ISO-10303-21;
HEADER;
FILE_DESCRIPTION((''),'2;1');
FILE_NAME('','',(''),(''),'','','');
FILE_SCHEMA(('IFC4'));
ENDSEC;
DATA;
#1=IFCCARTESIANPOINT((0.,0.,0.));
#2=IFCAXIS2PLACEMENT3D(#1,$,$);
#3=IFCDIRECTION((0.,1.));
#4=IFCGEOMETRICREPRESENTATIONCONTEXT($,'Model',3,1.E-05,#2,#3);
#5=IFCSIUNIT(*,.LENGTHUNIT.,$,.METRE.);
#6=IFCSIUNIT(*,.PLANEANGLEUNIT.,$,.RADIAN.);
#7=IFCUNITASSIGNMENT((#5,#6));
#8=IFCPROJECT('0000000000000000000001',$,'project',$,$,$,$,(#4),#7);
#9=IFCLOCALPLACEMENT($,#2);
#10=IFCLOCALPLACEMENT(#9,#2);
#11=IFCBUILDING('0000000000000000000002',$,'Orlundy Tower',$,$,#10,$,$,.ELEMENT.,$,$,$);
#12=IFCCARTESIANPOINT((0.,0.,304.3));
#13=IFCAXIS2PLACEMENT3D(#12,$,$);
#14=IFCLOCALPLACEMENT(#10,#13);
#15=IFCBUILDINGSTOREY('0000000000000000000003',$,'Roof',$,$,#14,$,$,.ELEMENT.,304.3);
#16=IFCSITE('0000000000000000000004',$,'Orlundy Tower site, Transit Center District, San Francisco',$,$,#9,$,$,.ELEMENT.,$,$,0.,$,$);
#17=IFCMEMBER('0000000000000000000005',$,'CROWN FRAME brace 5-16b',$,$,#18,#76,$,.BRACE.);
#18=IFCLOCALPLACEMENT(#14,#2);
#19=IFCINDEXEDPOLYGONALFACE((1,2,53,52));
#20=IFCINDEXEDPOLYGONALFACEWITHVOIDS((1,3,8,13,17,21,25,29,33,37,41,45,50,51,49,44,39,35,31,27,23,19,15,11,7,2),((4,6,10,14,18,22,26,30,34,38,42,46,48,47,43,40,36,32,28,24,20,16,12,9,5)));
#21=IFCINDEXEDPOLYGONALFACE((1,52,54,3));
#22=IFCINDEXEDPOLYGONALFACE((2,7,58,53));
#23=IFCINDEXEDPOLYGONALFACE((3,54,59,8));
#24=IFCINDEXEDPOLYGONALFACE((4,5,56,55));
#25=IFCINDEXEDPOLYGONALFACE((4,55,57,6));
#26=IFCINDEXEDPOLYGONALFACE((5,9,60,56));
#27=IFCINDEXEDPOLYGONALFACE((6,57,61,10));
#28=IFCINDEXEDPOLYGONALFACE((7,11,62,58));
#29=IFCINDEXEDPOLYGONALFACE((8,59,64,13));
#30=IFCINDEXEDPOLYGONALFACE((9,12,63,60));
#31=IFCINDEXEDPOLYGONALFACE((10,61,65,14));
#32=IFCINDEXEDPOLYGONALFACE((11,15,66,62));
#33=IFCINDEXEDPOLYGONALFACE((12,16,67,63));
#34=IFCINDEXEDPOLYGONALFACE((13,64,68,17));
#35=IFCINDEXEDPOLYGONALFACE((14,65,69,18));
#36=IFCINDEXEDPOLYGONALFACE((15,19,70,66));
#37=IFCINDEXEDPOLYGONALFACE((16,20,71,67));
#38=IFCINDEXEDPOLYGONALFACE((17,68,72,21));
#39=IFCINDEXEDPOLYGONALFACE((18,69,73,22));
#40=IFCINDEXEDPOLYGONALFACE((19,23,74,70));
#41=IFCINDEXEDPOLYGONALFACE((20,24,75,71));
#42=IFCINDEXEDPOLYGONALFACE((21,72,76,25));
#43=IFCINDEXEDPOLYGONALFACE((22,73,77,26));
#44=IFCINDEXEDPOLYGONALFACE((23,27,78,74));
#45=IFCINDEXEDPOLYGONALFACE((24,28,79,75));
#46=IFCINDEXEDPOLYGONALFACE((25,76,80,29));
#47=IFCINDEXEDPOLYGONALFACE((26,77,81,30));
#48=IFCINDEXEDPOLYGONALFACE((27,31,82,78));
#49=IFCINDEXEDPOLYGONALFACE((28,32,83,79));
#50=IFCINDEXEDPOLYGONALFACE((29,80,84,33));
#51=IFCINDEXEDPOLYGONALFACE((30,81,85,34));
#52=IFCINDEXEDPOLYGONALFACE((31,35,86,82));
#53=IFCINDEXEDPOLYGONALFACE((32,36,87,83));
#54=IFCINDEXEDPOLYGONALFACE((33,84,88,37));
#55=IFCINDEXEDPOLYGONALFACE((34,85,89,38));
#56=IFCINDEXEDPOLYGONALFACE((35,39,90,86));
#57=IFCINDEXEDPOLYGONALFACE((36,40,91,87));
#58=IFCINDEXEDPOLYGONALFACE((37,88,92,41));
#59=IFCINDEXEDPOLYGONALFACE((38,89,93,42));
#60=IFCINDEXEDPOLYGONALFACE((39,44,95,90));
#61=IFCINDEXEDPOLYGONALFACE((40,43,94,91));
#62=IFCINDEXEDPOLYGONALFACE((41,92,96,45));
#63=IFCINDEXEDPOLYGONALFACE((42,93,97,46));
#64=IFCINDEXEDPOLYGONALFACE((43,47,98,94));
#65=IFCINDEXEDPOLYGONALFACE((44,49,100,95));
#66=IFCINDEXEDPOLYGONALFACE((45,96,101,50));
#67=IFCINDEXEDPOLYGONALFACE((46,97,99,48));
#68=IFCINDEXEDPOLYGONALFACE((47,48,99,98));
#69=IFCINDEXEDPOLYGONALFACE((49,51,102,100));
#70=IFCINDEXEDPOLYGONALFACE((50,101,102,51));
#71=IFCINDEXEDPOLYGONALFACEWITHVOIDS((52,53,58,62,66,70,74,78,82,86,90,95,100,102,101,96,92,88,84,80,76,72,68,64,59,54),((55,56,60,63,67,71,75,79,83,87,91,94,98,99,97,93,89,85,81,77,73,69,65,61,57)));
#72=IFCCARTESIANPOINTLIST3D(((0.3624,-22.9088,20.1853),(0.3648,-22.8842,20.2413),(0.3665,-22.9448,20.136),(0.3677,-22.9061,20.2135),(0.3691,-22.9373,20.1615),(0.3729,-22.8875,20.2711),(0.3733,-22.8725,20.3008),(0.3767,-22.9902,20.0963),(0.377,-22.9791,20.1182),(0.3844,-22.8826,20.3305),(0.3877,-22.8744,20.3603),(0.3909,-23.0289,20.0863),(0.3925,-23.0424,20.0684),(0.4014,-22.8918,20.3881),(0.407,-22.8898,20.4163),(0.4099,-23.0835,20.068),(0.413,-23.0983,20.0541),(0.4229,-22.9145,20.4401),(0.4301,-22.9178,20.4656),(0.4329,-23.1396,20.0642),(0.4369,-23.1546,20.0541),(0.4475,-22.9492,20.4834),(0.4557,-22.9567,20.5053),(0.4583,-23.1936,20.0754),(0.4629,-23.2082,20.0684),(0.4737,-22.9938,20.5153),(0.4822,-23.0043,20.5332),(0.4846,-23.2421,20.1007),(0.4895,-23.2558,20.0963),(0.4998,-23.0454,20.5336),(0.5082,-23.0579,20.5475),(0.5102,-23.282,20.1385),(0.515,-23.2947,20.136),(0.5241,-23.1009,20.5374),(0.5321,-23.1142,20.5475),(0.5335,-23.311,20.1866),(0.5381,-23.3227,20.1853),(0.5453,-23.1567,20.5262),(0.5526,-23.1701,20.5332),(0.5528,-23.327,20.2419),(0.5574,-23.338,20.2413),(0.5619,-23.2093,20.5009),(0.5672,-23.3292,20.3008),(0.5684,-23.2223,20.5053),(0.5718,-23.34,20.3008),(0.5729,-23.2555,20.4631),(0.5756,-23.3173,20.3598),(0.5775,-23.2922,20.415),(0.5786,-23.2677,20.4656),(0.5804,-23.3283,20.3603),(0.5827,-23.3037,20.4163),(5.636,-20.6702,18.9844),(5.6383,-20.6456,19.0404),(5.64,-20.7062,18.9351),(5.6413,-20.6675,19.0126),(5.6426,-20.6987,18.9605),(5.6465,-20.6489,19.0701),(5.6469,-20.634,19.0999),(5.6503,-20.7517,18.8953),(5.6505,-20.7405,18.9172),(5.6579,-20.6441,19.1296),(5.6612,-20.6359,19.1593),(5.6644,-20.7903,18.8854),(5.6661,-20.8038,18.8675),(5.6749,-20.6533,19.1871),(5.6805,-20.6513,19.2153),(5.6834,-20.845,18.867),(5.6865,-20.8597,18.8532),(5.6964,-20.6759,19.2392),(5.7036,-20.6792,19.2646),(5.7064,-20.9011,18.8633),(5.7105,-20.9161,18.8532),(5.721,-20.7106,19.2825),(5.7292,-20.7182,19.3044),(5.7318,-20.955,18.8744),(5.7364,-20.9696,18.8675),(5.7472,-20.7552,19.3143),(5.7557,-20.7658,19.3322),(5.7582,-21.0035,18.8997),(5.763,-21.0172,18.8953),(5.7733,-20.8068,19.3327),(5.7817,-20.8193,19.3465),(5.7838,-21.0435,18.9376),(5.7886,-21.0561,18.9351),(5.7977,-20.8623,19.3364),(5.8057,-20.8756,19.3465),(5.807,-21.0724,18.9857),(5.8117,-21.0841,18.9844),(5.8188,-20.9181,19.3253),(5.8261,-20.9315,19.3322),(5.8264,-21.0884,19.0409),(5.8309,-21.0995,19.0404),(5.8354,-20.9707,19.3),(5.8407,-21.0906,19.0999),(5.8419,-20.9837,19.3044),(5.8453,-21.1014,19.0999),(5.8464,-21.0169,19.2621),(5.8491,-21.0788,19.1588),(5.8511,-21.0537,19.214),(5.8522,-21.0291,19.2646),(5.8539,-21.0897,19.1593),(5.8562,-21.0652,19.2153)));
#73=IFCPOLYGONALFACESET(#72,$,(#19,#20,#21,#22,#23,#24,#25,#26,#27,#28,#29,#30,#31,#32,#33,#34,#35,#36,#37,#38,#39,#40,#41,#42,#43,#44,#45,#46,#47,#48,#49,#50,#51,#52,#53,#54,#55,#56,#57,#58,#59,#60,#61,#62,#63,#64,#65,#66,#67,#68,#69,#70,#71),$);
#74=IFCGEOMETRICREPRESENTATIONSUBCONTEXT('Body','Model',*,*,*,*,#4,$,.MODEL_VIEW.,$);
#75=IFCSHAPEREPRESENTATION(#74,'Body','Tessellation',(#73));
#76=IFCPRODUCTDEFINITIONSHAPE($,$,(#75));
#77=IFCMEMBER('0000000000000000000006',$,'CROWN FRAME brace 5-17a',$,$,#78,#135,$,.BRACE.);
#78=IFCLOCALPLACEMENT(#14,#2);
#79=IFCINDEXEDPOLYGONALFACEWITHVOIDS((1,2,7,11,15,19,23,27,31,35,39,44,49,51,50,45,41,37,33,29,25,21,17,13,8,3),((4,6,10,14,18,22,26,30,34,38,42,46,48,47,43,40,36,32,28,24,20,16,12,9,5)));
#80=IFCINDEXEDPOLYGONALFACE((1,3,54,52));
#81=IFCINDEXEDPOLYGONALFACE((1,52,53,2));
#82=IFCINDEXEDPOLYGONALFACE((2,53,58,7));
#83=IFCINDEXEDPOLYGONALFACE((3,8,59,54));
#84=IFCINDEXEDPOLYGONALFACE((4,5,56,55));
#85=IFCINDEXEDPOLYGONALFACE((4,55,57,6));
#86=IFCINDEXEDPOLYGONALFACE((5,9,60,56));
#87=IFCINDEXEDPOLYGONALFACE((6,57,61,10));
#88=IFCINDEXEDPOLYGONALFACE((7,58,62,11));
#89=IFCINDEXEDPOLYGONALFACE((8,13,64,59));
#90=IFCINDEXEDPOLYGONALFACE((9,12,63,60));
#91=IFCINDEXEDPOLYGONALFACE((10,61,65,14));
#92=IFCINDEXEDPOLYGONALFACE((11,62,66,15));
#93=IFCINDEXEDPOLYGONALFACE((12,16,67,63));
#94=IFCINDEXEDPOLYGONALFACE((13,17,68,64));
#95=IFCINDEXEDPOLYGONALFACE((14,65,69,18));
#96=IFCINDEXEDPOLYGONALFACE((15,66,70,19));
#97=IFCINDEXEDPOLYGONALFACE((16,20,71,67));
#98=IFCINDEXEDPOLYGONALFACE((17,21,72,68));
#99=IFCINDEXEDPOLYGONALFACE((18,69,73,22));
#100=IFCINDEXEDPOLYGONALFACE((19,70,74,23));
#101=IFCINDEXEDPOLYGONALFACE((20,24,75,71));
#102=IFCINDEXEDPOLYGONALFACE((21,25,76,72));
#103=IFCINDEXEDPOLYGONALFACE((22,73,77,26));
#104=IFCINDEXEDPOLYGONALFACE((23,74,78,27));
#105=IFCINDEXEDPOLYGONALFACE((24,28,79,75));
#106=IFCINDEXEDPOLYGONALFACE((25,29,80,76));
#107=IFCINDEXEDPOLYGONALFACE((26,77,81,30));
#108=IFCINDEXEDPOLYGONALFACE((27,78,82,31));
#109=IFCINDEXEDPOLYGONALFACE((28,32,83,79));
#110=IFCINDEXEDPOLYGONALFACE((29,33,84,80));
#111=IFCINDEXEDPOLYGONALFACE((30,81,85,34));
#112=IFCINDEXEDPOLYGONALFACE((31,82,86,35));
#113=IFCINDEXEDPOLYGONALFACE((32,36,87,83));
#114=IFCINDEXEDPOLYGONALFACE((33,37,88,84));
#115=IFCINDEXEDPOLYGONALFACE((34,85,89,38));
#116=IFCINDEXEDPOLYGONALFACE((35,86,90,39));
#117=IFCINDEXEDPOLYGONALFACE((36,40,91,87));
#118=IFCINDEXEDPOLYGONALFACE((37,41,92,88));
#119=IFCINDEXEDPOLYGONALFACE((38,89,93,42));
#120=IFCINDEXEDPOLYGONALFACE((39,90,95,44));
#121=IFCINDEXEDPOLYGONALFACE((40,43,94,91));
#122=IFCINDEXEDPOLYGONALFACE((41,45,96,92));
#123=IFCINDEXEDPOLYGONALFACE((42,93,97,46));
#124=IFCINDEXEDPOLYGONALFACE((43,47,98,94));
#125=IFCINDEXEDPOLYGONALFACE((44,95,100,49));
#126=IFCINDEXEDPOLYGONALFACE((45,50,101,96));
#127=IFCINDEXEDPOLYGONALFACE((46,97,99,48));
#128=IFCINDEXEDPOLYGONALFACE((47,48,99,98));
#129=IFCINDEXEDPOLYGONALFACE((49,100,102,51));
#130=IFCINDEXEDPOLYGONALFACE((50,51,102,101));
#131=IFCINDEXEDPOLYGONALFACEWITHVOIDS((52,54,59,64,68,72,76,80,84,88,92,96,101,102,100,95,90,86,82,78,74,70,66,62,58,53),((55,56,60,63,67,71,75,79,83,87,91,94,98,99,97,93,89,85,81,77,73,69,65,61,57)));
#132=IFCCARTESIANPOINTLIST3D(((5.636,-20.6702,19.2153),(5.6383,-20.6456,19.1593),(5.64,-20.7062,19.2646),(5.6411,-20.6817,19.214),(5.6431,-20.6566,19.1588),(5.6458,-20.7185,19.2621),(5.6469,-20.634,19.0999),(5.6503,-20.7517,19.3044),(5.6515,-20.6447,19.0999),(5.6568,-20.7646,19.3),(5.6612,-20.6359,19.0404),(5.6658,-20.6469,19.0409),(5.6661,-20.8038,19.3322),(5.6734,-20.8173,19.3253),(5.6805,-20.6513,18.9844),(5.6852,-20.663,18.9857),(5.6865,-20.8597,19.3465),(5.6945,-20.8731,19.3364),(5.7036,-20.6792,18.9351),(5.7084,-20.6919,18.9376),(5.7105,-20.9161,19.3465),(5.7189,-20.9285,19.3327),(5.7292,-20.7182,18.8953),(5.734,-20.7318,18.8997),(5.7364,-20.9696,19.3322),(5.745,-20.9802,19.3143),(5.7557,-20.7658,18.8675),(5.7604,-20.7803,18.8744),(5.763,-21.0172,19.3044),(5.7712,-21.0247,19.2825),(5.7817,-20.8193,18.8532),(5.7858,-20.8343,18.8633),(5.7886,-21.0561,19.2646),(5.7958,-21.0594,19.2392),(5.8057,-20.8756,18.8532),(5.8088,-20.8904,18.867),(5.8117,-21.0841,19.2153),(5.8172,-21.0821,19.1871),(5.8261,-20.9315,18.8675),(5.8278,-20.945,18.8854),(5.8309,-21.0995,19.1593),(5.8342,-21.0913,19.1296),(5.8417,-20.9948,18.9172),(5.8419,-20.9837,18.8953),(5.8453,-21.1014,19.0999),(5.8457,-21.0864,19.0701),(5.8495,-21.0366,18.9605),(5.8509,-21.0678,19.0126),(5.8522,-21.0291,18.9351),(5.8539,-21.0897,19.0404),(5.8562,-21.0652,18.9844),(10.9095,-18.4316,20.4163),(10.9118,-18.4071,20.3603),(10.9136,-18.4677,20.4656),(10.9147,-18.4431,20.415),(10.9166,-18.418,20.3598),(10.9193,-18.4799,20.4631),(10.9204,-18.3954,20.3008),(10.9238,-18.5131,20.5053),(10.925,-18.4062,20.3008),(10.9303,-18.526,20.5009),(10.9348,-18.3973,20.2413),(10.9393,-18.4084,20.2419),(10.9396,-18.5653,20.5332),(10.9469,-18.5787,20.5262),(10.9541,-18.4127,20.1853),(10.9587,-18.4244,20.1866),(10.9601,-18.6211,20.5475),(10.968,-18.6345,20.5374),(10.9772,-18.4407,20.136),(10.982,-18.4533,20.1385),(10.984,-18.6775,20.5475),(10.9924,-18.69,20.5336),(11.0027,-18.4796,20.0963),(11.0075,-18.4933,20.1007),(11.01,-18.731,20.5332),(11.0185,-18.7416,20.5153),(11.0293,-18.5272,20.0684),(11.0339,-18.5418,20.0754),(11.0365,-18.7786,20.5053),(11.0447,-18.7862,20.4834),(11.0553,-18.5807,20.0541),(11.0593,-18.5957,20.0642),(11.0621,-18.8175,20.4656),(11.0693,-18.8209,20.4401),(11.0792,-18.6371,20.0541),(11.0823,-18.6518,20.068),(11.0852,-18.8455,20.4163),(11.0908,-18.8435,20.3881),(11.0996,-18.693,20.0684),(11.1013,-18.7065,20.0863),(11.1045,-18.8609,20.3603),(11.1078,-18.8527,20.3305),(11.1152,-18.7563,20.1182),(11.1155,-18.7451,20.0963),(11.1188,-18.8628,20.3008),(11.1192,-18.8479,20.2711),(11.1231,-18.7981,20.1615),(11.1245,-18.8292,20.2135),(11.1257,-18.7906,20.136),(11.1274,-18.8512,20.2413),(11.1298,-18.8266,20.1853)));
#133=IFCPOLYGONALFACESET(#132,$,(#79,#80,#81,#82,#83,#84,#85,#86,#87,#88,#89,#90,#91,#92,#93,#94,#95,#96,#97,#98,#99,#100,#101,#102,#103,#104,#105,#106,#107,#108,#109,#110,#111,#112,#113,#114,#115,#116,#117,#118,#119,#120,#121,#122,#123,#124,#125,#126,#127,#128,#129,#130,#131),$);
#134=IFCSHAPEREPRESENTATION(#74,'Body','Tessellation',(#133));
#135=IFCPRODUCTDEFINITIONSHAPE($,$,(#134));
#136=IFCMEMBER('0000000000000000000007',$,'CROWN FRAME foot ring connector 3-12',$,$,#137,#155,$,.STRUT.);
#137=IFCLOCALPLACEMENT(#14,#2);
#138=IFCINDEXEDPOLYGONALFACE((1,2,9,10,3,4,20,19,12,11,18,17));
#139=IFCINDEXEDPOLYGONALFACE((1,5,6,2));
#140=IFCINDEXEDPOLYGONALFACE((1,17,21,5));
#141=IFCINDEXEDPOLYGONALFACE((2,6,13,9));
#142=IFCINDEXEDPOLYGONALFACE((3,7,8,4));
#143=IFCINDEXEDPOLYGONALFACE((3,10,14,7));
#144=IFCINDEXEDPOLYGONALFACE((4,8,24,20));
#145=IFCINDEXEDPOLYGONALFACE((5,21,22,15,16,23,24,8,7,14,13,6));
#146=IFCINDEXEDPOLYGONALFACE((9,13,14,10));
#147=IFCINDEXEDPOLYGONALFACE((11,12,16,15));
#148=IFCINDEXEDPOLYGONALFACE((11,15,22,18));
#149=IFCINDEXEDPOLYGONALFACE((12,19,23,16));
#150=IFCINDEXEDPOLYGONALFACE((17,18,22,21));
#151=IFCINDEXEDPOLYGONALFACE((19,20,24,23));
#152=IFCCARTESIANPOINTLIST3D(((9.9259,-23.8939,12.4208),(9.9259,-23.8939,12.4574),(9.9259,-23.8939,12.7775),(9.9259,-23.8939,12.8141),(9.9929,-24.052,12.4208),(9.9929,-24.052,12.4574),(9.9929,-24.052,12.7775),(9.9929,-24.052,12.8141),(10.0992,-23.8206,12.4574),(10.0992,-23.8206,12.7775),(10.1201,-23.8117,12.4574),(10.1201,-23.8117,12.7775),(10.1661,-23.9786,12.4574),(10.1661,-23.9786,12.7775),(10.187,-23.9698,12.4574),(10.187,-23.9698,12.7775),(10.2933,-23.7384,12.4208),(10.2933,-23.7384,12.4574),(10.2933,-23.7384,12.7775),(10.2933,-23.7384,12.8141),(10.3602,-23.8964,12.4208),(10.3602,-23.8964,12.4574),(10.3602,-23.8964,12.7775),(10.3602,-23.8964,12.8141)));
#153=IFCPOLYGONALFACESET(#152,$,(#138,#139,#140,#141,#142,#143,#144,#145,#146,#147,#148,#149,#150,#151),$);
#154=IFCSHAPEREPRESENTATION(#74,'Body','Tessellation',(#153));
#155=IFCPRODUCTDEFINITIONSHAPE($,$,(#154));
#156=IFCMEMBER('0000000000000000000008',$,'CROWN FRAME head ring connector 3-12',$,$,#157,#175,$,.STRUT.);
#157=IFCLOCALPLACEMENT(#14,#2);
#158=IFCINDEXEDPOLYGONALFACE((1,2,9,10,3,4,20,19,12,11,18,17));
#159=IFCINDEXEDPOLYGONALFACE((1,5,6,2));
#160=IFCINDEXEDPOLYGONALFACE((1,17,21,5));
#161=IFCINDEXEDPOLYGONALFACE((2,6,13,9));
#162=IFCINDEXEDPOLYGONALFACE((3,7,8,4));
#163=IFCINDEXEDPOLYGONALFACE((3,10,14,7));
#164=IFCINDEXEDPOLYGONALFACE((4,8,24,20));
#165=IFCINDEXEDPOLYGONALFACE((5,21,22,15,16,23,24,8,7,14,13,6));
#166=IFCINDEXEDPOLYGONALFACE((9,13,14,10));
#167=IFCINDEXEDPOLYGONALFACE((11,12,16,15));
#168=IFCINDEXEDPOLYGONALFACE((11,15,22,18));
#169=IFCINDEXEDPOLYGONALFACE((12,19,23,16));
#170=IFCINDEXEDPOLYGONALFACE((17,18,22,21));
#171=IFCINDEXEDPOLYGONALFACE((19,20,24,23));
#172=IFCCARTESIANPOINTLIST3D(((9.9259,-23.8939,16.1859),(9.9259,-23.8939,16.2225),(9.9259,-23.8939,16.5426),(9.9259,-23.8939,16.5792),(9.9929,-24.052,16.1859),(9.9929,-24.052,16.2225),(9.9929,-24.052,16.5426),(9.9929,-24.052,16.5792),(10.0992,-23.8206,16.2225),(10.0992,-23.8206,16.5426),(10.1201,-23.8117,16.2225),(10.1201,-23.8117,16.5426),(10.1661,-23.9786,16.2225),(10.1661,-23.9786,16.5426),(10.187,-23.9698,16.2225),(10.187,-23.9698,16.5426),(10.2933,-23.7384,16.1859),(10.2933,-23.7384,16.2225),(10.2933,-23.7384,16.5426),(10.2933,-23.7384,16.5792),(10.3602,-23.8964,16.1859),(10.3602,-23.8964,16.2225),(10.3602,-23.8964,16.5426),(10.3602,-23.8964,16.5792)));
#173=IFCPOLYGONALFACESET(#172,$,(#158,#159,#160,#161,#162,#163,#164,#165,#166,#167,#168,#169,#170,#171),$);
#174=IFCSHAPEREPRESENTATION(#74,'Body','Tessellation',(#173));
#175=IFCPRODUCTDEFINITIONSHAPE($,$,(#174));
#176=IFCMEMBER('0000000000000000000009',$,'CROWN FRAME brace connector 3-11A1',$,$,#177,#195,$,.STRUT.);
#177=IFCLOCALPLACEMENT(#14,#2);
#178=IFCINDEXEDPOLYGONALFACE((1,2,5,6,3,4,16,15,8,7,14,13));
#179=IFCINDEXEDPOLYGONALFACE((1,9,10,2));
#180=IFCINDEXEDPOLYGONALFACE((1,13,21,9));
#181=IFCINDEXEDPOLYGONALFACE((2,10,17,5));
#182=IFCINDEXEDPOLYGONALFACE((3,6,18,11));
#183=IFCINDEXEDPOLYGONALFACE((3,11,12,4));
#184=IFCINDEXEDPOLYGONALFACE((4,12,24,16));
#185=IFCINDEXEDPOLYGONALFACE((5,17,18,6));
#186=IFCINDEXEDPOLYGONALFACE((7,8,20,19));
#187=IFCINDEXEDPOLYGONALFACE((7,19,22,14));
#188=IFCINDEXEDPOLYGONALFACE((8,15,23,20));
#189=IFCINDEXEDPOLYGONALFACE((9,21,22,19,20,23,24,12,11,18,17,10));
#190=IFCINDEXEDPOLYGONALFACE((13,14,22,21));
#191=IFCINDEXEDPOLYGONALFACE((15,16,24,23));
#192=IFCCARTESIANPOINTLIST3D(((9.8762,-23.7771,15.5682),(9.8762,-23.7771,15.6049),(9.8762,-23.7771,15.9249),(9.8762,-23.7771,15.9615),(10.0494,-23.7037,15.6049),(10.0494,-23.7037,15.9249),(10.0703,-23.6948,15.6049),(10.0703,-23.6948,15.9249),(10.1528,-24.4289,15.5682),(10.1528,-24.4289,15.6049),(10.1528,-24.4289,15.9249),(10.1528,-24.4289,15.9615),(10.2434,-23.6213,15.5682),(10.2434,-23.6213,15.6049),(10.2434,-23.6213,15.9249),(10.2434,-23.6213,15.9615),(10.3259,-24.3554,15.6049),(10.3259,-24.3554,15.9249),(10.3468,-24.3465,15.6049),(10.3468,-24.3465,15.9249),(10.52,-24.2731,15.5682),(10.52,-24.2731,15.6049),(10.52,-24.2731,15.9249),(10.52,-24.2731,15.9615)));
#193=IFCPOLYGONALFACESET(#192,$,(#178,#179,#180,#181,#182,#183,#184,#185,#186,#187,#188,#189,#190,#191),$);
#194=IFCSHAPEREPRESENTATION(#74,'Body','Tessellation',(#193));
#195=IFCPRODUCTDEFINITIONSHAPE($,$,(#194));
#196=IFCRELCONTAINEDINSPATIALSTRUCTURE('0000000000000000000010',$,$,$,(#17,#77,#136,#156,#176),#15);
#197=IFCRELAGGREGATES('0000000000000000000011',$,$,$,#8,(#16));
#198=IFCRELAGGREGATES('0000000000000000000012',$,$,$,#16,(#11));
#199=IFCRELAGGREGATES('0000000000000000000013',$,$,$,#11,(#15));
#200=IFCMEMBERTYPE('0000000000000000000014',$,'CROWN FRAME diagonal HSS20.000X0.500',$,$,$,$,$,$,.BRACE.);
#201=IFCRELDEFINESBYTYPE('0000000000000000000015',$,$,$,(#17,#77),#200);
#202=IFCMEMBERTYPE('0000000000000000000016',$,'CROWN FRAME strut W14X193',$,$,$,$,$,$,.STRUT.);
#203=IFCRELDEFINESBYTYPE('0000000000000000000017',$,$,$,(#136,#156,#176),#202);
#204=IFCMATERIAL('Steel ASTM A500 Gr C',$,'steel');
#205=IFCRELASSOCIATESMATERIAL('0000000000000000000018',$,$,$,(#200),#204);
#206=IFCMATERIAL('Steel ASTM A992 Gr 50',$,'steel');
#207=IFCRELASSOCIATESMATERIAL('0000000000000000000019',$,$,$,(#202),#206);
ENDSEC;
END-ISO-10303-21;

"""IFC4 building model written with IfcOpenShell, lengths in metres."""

from ifc_helpers import new_model, si_unit, direction, frame, origin, origin_2d, place, context, subcontext, project, spatial, hollow_circle, i_section, extrude, material, material_profile, profile_set, type_object, element, save


model = new_model("IFC4")

# Units and contexts
model_context = context("Model", 3, precision=1e-05, world=origin(), true_north=direction((0.0, 1.0)))
body_context = subcontext(model_context, "Body", "Model", "MODEL_VIEW")
ifc_project = project(units=[si_unit("LENGTHUNIT", "METRE"), si_unit("PLANEANGLEUNIT", "RADIAN")], contexts=[model_context])

# Site, building, storey
site_placement = place(None, origin())
site = spatial("IfcSite", under=ifc_project, at=site_placement, Name="Orlundy Tower site, Transit Center District, San Francisco", CompositionType="ELEMENT", RefElevation=0.0)
building_placement = place(site_placement, origin())
building = spatial("IfcBuilding", under=site, at=building_placement, Name="Orlundy Tower", CompositionType="ELEMENT")
storey_placement = place(building_placement, frame((0.0, 0.0, 304.3)))
storey = spatial("IfcBuildingStorey", under=building, at=storey_placement, Name="Roof", CompositionType="ELEMENT", Elevation=304.3)

# Members
ifc_material_1 = material(Name="Steel ASTM A500 Gr C", Category="steel")
ifc_material_profile_1 = material_profile(ifc_material_1, hollow_circle(Radius=0.2539, WallThickness=0.0117, at=origin_2d()), Name="HSS20.000X0.500")
ifc_profile_set_1 = profile_set([ifc_material_profile_1], Name="Steel ASTM A500 Gr C")
member_type_1 = type_object("IfcMemberType", Name="CROWN FRAME diagonal HSS20.000X0.500", PredefinedType="BRACE", material=ifc_profile_set_1)
for number, where, z_axis, x_axis, name in (
    (1, (5.7461, -20.8677, 19.0999), (-0.900918, -0.382431, 0.205167), (0.390744, -0.9205, 0.0), "CROWN FRAME brace 5-16b"),
    (2, (5.7461, -20.8677, 19.0999), (0.900918, 0.382431, 0.205167), (-0.390744, 0.9205, 0.0), "CROWN FRAME brace 5-17a"),
):
    element("IfcMember", number, at=place(storey_placement, frame(where, z_axis=z_axis, x_axis=x_axis)), inside=storey, type_object=member_type_1, Name=name, PredefinedType="BRACE", context=body_context, shape_type="SweptSolid", body=[
        extrude(hollow_circle(Radius=0.2539, WallThickness=0.0117, at=origin_2d()), origin(), (0.0, 0.0, 1.0), 5.8535),
    ])
ifc_material_2 = material(Name="Steel ASTM A992 Gr 50", Category="steel")
ifc_material_profile_2 = material_profile(ifc_material_2, i_section(OverallWidth=0.3989, OverallDepth=0.3933, WebThickness=0.0227, FlangeThickness=0.0366, at=origin_2d()), Name="W14X193")
ifc_profile_set_2 = profile_set([ifc_material_profile_2], Name="Steel ASTM A992 Gr 50")
member_type_2 = type_object("IfcMemberType", Name="CROWN FRAME strut W14X193", PredefinedType="STRUT", material=ifc_profile_set_2)
for number, where, z_axis, x_axis, name in (
    (3, (10.1096, -23.8162, 12.6174), (0.389965, -0.92083, 0.0), (0.92083, 0.389965, 0.0), "CROWN FRAME foot ring connector 3-12"),
    (4, (10.1096, -23.8162, 16.3826), (0.389965, -0.92083, 0.0), (0.92083, 0.389965, 0.0), "CROWN FRAME head ring connector 3-12"),
):
    element("IfcMember", number, at=place(storey_placement, frame(where, z_axis=z_axis, x_axis=x_axis)), inside=storey, type_object=member_type_2, Name=name, PredefinedType="STRUT", context=body_context, shape_type="SweptSolid", body=[
        extrude(i_section(OverallWidth=0.3989, OverallDepth=0.3933, WebThickness=0.0227, FlangeThickness=0.0366, at=origin_2d()), origin(), (0.0, 0.0, 1.0), 0.1716),
    ])
for number, where, z_axis, x_axis, name in (
    (5, (10.0598, -23.6992, 15.7649), (0.39063, -0.920548, 0.0), (0.920548, 0.39063, 0.0), "CROWN FRAME brace connector 3-11A1"),
):
    element("IfcMember", number, at=place(storey_placement, frame(where, z_axis=z_axis, x_axis=x_axis)), inside=storey, type_object=member_type_2, Name=name, PredefinedType="STRUT", context=body_context, shape_type="SweptSolid", body=[
        extrude(i_section(OverallWidth=0.3989, OverallDepth=0.3933, WebThickness=0.0227, FlangeThickness=0.0366, at=origin_2d()), origin(), (0.0, 0.0, 1.0), 0.708),
    ])

save(model, "model.ifc")
